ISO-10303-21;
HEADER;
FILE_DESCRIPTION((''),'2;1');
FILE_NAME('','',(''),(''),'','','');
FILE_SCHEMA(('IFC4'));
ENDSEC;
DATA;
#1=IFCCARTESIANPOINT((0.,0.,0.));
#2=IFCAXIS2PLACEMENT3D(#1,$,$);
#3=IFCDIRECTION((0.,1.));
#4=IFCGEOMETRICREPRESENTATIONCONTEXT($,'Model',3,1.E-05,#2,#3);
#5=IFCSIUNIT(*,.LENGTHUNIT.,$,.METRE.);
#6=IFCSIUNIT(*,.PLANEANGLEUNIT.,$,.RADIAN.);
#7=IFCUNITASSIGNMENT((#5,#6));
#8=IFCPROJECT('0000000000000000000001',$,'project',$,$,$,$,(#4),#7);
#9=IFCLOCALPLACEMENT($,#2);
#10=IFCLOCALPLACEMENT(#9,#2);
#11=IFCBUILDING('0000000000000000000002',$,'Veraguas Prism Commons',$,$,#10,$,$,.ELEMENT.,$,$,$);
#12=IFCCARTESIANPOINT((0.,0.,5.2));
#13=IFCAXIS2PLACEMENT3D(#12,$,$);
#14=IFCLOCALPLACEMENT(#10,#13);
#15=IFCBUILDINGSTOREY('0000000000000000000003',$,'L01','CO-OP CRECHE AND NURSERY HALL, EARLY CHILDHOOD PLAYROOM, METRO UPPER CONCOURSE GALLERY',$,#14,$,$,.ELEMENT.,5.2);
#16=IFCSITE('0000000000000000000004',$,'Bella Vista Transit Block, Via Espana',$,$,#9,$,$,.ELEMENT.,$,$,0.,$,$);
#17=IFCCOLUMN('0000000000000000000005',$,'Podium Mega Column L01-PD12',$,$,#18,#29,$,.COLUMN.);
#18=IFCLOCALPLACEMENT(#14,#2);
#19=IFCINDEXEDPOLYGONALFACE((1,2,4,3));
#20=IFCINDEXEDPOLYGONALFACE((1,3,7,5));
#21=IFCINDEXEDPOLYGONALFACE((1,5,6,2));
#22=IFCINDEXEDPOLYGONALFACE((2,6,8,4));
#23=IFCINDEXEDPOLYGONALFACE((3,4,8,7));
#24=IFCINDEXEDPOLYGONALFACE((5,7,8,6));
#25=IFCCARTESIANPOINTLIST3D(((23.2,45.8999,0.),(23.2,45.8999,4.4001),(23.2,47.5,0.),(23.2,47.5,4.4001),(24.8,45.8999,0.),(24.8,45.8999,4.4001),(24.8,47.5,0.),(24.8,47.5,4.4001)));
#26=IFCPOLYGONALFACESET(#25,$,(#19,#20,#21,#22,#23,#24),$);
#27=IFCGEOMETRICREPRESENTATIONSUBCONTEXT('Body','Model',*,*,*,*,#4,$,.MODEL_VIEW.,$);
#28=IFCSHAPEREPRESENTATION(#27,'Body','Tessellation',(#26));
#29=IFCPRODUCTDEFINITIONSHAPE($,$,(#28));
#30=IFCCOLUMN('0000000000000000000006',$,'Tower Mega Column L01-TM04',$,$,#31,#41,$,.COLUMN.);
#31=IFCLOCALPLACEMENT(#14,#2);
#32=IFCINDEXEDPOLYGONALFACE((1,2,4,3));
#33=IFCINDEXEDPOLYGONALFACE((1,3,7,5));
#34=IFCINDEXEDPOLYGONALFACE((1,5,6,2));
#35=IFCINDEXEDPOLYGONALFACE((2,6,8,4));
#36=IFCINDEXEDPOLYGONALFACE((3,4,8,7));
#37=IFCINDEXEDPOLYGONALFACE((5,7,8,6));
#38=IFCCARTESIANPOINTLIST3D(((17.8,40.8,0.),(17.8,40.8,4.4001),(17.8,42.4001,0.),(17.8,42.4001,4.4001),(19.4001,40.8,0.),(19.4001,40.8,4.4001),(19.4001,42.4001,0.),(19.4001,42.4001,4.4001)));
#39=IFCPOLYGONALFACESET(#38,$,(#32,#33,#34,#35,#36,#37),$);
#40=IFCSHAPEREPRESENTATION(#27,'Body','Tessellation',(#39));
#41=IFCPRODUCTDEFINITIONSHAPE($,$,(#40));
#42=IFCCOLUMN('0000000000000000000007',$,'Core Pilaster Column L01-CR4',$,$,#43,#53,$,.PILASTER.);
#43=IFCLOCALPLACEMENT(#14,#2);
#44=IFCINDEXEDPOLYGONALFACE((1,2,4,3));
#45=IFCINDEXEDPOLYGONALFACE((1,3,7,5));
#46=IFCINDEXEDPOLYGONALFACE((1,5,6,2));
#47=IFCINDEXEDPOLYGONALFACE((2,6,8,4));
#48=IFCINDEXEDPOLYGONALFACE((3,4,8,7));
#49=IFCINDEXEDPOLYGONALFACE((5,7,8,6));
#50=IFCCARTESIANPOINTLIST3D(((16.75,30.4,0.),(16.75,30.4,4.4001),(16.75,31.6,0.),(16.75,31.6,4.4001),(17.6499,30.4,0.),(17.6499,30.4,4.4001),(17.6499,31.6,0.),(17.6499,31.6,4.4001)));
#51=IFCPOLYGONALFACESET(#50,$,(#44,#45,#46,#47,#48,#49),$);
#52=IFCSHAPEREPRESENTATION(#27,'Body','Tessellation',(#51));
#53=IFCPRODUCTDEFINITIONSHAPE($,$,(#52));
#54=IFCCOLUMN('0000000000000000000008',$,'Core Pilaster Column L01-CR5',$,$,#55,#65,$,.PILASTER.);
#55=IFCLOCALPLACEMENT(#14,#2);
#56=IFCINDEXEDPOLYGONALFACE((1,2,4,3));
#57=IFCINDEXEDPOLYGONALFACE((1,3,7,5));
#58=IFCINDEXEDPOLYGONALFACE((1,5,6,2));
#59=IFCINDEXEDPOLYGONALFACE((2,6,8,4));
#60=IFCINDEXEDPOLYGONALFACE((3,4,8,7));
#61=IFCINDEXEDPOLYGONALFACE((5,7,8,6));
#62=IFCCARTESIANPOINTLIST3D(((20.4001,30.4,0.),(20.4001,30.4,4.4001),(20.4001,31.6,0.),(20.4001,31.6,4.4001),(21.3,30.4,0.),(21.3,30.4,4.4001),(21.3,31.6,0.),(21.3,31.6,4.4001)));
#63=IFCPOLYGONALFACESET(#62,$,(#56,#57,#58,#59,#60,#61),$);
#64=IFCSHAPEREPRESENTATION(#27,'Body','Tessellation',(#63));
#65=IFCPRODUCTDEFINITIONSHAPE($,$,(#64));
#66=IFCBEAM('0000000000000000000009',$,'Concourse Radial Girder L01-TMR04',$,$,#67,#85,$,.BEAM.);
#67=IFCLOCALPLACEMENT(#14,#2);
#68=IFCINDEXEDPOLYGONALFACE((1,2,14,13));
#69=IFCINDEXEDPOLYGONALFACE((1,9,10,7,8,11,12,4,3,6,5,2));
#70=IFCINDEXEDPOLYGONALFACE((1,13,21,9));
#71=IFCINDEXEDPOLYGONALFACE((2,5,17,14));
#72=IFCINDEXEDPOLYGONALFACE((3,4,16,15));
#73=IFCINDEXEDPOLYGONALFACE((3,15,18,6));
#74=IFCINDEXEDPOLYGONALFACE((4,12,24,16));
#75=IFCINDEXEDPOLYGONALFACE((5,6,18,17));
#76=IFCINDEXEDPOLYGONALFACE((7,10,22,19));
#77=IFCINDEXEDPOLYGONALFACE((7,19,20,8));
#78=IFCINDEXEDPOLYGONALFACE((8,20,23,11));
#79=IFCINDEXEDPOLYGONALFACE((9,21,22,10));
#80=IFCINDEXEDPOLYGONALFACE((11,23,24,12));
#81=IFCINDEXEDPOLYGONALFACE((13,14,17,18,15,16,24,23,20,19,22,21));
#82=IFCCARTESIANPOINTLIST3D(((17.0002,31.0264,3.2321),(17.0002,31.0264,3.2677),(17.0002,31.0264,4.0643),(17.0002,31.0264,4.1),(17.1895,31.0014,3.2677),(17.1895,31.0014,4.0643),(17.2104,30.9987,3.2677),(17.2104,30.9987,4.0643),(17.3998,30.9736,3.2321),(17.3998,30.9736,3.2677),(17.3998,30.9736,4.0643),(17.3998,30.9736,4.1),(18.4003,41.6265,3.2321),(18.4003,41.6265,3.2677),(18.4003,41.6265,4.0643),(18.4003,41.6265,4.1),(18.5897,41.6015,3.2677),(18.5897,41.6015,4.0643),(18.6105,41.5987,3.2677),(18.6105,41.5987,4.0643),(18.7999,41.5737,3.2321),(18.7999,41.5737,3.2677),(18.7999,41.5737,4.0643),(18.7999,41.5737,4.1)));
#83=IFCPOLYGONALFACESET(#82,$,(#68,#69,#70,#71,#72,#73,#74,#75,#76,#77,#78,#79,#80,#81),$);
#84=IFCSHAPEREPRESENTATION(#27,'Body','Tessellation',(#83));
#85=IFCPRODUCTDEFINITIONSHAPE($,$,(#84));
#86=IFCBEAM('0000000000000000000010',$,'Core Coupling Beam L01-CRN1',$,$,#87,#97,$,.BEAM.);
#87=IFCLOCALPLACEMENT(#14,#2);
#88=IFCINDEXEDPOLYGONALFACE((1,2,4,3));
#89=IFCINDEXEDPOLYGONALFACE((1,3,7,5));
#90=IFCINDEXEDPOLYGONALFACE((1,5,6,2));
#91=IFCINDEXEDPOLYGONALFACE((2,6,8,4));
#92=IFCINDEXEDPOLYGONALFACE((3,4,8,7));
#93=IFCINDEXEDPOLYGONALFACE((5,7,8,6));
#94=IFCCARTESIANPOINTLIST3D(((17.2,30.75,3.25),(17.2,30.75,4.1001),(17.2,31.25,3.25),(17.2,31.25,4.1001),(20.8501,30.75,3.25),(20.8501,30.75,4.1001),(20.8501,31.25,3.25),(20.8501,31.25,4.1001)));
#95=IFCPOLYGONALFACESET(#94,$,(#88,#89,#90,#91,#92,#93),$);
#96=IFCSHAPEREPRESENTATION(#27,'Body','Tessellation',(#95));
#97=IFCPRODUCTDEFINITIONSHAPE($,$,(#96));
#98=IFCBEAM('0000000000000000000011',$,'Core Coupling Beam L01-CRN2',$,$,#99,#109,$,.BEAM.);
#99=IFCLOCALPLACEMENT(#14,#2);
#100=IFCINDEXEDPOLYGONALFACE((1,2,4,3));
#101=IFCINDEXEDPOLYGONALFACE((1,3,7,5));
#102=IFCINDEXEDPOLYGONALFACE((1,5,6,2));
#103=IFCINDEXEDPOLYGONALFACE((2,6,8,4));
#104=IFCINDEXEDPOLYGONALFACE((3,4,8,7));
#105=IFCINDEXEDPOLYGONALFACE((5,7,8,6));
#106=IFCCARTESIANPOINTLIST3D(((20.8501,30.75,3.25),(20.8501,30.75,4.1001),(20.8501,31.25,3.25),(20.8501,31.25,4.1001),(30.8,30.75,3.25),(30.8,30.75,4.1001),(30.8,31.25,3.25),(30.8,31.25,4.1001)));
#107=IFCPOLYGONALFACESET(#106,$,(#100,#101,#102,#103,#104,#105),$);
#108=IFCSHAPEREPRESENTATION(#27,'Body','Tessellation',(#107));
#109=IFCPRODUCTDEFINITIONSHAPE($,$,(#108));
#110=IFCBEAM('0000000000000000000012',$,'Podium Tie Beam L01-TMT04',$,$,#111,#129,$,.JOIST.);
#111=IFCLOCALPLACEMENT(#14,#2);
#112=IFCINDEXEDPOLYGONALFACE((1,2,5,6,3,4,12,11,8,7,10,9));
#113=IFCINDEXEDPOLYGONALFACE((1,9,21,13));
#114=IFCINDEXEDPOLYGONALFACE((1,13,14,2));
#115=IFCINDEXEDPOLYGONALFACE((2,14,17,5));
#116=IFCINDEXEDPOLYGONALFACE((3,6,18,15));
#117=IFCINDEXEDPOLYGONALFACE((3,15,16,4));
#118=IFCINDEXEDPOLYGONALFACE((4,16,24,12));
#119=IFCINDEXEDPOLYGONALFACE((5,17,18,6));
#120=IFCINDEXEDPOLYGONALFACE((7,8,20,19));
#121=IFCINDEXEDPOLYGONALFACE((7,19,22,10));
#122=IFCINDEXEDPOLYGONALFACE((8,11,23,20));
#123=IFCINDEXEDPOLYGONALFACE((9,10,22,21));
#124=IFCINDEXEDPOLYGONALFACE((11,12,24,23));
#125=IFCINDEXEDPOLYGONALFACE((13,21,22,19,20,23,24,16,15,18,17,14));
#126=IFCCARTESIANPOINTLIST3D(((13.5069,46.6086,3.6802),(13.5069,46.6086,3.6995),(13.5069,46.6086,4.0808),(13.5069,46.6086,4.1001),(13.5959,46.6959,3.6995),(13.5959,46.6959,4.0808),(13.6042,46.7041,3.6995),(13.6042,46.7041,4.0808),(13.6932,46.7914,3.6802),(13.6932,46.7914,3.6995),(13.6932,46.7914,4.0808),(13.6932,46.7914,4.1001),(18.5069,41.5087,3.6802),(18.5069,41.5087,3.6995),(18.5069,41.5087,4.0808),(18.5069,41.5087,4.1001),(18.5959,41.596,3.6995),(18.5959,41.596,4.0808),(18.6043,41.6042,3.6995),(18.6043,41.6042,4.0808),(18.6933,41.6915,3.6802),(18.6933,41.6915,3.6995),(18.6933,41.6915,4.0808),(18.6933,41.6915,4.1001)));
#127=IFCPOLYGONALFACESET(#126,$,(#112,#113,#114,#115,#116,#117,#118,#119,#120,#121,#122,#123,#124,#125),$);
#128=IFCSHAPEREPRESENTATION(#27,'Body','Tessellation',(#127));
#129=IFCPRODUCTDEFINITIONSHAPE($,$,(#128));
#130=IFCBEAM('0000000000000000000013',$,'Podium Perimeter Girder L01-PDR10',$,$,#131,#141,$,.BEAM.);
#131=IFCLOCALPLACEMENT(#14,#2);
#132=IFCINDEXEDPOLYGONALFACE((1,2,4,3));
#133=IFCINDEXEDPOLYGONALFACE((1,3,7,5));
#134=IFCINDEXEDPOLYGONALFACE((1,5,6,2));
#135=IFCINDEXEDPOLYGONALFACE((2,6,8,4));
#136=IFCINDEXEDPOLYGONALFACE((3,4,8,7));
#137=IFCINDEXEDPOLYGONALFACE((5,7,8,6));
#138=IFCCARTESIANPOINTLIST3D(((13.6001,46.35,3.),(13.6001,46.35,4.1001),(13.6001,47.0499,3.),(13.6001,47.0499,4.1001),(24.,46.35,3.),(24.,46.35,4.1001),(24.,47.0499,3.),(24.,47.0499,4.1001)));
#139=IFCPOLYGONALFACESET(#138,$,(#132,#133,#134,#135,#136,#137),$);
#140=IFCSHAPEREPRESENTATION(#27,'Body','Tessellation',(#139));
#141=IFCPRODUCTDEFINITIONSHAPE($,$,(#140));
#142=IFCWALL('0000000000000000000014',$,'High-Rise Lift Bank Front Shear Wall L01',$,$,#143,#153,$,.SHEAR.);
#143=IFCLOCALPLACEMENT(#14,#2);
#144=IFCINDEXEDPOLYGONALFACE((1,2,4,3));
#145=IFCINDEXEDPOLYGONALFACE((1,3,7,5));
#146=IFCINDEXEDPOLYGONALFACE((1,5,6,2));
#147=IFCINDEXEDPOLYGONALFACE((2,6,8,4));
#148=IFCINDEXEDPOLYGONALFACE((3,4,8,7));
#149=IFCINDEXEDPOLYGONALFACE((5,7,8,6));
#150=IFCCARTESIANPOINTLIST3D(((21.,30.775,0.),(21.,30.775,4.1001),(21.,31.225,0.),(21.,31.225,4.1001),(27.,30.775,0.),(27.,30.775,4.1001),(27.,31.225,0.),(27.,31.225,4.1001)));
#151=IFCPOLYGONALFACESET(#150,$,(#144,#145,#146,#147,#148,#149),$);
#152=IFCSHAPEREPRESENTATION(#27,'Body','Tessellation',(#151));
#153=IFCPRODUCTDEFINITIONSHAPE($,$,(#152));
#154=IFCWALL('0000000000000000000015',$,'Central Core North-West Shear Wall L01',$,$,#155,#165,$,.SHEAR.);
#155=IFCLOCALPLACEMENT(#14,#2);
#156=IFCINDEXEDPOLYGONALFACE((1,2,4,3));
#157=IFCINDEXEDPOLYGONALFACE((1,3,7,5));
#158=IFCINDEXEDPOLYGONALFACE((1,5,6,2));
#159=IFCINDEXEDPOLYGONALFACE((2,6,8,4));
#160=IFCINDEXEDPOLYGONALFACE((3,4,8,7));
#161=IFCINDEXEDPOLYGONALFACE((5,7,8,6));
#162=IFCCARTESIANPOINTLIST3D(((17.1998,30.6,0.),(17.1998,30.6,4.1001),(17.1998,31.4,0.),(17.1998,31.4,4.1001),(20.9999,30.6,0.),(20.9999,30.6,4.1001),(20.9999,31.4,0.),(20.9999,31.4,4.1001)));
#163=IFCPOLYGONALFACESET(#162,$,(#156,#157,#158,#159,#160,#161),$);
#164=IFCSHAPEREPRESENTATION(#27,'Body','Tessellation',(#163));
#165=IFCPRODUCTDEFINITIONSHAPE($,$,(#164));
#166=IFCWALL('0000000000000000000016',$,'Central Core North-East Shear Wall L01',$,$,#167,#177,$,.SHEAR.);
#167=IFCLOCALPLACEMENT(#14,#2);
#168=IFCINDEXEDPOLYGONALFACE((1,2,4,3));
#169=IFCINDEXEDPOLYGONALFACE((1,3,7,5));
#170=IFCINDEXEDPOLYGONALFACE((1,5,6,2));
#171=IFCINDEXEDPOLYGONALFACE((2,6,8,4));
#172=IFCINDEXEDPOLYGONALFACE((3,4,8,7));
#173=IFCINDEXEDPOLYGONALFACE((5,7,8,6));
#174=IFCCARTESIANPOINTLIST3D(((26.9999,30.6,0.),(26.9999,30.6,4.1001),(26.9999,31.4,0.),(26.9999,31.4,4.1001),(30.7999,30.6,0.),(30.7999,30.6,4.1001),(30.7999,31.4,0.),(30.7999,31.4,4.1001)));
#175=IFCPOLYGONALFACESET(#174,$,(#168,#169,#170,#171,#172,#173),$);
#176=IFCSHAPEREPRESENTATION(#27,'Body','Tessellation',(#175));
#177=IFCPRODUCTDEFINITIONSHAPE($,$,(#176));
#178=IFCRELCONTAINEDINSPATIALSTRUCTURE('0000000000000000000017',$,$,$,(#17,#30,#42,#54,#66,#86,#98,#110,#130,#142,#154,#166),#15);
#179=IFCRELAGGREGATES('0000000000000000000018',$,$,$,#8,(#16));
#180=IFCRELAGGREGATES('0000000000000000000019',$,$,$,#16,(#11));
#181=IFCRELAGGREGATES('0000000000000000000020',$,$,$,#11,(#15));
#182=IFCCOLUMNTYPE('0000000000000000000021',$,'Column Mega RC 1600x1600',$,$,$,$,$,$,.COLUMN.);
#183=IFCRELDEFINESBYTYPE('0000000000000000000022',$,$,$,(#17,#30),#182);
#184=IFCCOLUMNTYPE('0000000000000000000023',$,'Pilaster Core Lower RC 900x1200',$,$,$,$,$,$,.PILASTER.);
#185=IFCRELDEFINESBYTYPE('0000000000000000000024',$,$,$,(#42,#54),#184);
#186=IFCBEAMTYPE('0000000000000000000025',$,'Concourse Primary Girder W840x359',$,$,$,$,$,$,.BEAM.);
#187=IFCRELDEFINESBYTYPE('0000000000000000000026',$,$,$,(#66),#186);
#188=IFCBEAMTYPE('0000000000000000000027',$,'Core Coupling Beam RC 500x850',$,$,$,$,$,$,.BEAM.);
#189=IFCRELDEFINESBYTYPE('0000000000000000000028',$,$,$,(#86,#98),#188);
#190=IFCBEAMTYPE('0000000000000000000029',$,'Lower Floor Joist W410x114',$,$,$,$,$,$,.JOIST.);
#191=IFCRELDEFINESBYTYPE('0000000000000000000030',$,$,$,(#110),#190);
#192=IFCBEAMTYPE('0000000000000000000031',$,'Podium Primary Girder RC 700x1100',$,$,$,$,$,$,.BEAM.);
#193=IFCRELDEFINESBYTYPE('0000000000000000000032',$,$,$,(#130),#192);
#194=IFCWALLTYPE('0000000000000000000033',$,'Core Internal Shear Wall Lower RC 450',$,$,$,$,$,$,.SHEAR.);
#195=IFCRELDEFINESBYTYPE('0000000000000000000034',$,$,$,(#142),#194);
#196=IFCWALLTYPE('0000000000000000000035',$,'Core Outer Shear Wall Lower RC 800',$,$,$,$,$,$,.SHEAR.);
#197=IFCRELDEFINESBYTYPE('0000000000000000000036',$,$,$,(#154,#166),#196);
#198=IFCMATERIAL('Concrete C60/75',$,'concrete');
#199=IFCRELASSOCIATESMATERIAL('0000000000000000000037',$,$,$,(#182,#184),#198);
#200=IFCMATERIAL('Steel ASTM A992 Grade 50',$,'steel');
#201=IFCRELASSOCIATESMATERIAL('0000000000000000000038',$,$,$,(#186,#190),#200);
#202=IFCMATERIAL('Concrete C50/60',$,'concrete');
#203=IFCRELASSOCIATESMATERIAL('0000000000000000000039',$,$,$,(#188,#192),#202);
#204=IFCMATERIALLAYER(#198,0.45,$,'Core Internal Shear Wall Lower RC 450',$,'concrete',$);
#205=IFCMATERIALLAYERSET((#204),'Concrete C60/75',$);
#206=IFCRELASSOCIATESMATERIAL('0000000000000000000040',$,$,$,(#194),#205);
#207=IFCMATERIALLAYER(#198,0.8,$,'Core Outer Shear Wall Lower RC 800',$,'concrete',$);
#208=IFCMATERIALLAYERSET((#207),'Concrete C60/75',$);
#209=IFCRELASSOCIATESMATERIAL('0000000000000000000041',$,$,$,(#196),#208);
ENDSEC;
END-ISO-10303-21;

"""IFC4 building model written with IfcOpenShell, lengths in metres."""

from ifc_helpers import new_model, si_unit, direction, frame, frame_2d, origin, origin_2d, place, context, subcontext, project, spatial, rectangle, i_section, extrude, material, layer, layer_set, material_profile, profile_set, type_object, element, save


model = new_model("IFC4")

# Units and contexts
model_context = context("Model", 3, precision=1e-05, world=origin(), true_north=direction((0.0, 1.0)))
body_context = subcontext(model_context, "Body", "Model", "MODEL_VIEW")
ifc_project = project(units=[si_unit("LENGTHUNIT", "METRE"), si_unit("PLANEANGLEUNIT", "RADIAN")], contexts=[model_context])

# Site, building, storey
site_placement = place(None, origin())
site = spatial("IfcSite", under=ifc_project, at=site_placement, Name="Bella Vista Transit Block, Via Espana", CompositionType="ELEMENT", RefElevation=0.0)
building_placement = place(site_placement, origin())
building = spatial("IfcBuilding", under=site, at=building_placement, Name="Veraguas Prism Commons", CompositionType="ELEMENT")
storey_placement = place(building_placement, frame((0.0, 0.0, 5.2)))
storey = spatial("IfcBuildingStorey", under=building, at=storey_placement, Name="L01", Description="CO-OP CRECHE AND NURSERY HALL, EARLY CHILDHOOD PLAYROOM, METRO UPPER CONCOURSE GALLERY", CompositionType="ELEMENT", Elevation=5.2)

# Columns
ifc_material_1 = material(Name="Concrete C60/75", Category="concrete")
ifc_material_profile_1 = material_profile(ifc_material_1, rectangle(XDim=1.6001, YDim=1.6001, at=origin_2d()), Name="RC1600X1600")
ifc_profile_set_1 = profile_set([ifc_material_profile_1], Name="Concrete C60/75")
column_type_1 = type_object("IfcColumnType", Name="Column Mega RC 1600x1600", PredefinedType="COLUMN", material=ifc_profile_set_1)
for number, where, z_axis, x_axis, name in (
    (1, (24.0, 46.7, 0.0), (0.0, 0.0, 1.0), (1.0, 0.0, 0.0), "Podium Mega Column L01-PD12"),
    (2, (18.6001, 41.6001, 0.0), (0.0, 0.0, 1.0), (1.0, 0.0, 0.0), "Tower Mega Column L01-TM04"),
):
    element("IfcColumn", number, at=place(storey_placement, frame(where, z_axis=z_axis, x_axis=x_axis)), inside=storey, type_object=column_type_1, Name=name, PredefinedType="COLUMN", context=body_context, shape_type="SweptSolid", body=[
        extrude(rectangle(XDim=1.6001, YDim=1.6001, at=origin_2d()), origin(), (0.0, 0.0, 1.0), 4.4001),
    ])
ifc_material_profile_2 = material_profile(ifc_material_1, rectangle(XDim=0.8999, YDim=1.2, at=origin_2d()), Name="RC900X1200")
ifc_profile_set_2 = profile_set([ifc_material_profile_2], Name="Concrete C60/75")
column_type_2 = type_object("IfcColumnType", Name="Pilaster Core Lower RC 900x1200", PredefinedType="PILASTER", material=ifc_profile_set_2)
for number, where, z_axis, x_axis, name in (
    (3, (17.2, 31.0, 0.0), (0.0, 0.0, 1.0), (1.0, 0.0, 0.0), "Core Pilaster Column L01-CR4"),
    (4, (20.8501, 31.0, 0.0), (0.0, 0.0, 1.0), (1.0, 0.0, 0.0), "Core Pilaster Column L01-CR5"),
):
    element("IfcColumn", number, at=place(storey_placement, frame(where, z_axis=z_axis, x_axis=x_axis)), inside=storey, type_object=column_type_2, Name=name, PredefinedType="PILASTER", context=body_context, shape_type="SweptSolid", body=[
        extrude(rectangle(XDim=0.8999, YDim=1.2, at=origin_2d()), origin(), (0.0, 0.0, 1.0), 4.4001),
    ])

# Beams
ifc_material_2 = material(Name="Steel ASTM A992 Grade 50", Category="steel")
ifc_material_profile_3 = material_profile(ifc_material_2, i_section(OverallWidth=0.4031, OverallDepth=0.8679, WebThickness=0.021, FlangeThickness=0.0356, at=origin_2d()), Name="W840X359")
ifc_profile_set_3 = profile_set([ifc_material_profile_3], Name="Steel ASTM A992 Grade 50")
beam_type_1 = type_object("IfcBeamType", Name="Concourse Primary Girder W840x359", PredefinedType="BEAM", material=ifc_profile_set_3)
beam_1_placement = place(storey_placement, frame((18.6001, 41.6001, 3.666), z_axis=(-0.130951, -0.991389, 0.0), x_axis=(0.991389, -0.130951, 0.0)))
element("IfcBeam", 5, at=beam_1_placement, inside=storey, type_object=beam_type_1, Name="Concourse Radial Girder L01-TMR04", PredefinedType="BEAM", context=body_context, shape_type="SweptSolid", body=[
    extrude(i_section(OverallWidth=0.4031, OverallDepth=0.8679, WebThickness=0.021, FlangeThickness=0.0356, at=origin_2d()), origin(), (0.0, 0.0, 1.0), 10.6921),
])
ifc_material_3 = material(Name="Concrete C50/60", Category="concrete")
ifc_material_profile_4 = material_profile(ifc_material_3, rectangle(XDim=0.5, YDim=0.8501, at=origin_2d()), Name="RC500X850")
ifc_profile_set_4 = profile_set([ifc_material_profile_4], Name="Concrete C50/60")
beam_type_2 = type_object("IfcBeamType", Name="Core Coupling Beam RC 500x850", PredefinedType="BEAM", material=ifc_profile_set_4)
beam_2_placement = place(storey_placement, frame((17.2, 31.0, 3.675), z_axis=(1.0, 0.0, 0.0), x_axis=(0.0, 1.0, 0.0)))
element("IfcBeam", 6, at=beam_2_placement, inside=storey, type_object=beam_type_2, Name="Core Coupling Beam L01-CRN1", PredefinedType="BEAM", context=body_context, shape_type="SweptSolid", body=[
    extrude(rectangle(XDim=0.5, YDim=0.8501, at=origin_2d()), origin(), (0.0, 0.0, 1.0), 3.6501),
])
beam_3_placement = place(storey_placement, frame((20.8501, 31.0, 3.675), z_axis=(1.0, 0.0, 0.0), x_axis=(0.0, 1.0, 0.0)))
element("IfcBeam", 7, at=beam_3_placement, inside=storey, type_object=beam_type_2, Name="Core Coupling Beam L01-CRN2", PredefinedType="BEAM", context=body_context, shape_type="SweptSolid", body=[
    extrude(rectangle(XDim=0.5, YDim=0.8501, at=origin_2d()), origin(), (0.0, 0.0, 1.0), 9.95),
])
ifc_material_profile_5 = material_profile(ifc_material_2, i_section(OverallWidth=0.261, OverallDepth=0.4199, WebThickness=0.0117, FlangeThickness=0.0193, at=origin_2d()), Name="W410X114")
ifc_profile_set_5 = profile_set([ifc_material_profile_5], Name="Steel ASTM A992 Grade 50")
beam_type_3 = type_object("IfcBeamType", Name="Lower Floor Joist W410x114", PredefinedType="JOIST", material=ifc_profile_set_5)
beam_4_placement = place(storey_placement, frame((18.6001, 41.6001, 3.8901), z_axis=(-0.700082, 0.714063, 0.0), x_axis=(-0.714063, -0.700082, 0.0)))
element("IfcBeam", 8, at=beam_4_placement, inside=storey, type_object=beam_type_3, Name="Podium Tie Beam L01-TMT04", PredefinedType="JOIST", context=body_context, shape_type="SweptSolid", body=[
    extrude(i_section(OverallWidth=0.261, OverallDepth=0.4199, WebThickness=0.0117, FlangeThickness=0.0193, at=origin_2d()), origin(), (0.0, 0.0, 1.0), 7.1421),
])
ifc_material_profile_6 = material_profile(ifc_material_3, rectangle(XDim=0.7, YDim=1.1001, at=origin_2d()), Name="RC700X1100")
ifc_profile_set_6 = profile_set([ifc_material_profile_6], Name="Concrete C50/60")
beam_type_4 = type_object("IfcBeamType", Name="Podium Primary Girder RC 700x1100", PredefinedType="BEAM", material=ifc_profile_set_6)
beam_5_placement = place(storey_placement, frame((24.0, 46.7, 3.55), z_axis=(-1.0, 0.0, 0.0), x_axis=(0.0, -1.0, 0.0)))
element("IfcBeam", 9, at=beam_5_placement, inside=storey, type_object=beam_type_4, Name="Podium Perimeter Girder L01-PDR10", PredefinedType="BEAM", context=body_context, shape_type="SweptSolid", body=[
    extrude(rectangle(XDim=0.7, YDim=1.1001, at=origin_2d()), origin(), (0.0, 0.0, 1.0), 10.3999),
])

# Walls
ifc_layer_1 = layer(ifc_material_1, 0.45, Name="Core Internal Shear Wall Lower RC 450", Category="concrete")
ifc_layer_set_1 = layer_set([ifc_layer_1], Name="Concrete C60/75")
wall_type_1 = type_object("IfcWallType", Name="Core Internal Shear Wall Lower RC 450", PredefinedType="SHEAR", material=ifc_layer_set_1)
wall_1_placement = place(storey_placement, frame((21.0, 31.0, 0.0), z_axis=(0.0, 0.0, 1.0), x_axis=(1.0, 0.0, 0.0)))
element("IfcWall", 10, at=wall_1_placement, inside=storey, type_object=wall_type_1, Name="High-Rise Lift Bank Front Shear Wall L01", PredefinedType="SHEAR", context=body_context, shape_type="SweptSolid", body=[
    extrude(rectangle(XDim=6.0, YDim=0.45, at=frame_2d((3.0, 0.0))), origin(), (0.0, 0.0, 1.0), 4.1001),
])
ifc_layer_2 = layer(ifc_material_1, 0.8, Name="Core Outer Shear Wall Lower RC 800", Category="concrete")
ifc_layer_set_2 = layer_set([ifc_layer_2], Name="Concrete C60/75")
wall_type_2 = type_object("IfcWallType", Name="Core Outer Shear Wall Lower RC 800", PredefinedType="SHEAR", material=ifc_layer_set_2)
for number, where, z_axis, x_axis, name in (
    (11, (17.2, 31.0, 0.0), (0.0, 0.0, 1.0), (1.0, 0.0, 0.0), "Central Core North-West Shear Wall L01"),
    (12, (27.0, 31.0, 0.0), (0.0, 0.0, 1.0), (1.0, 0.0, 0.0), "Central Core North-East Shear Wall L01"),
):
    element("IfcWall", number, at=place(storey_placement, frame(where, z_axis=z_axis, x_axis=x_axis)), inside=storey, type_object=wall_type_2, Name=name, PredefinedType="SHEAR", context=body_context, shape_type="SweptSolid", body=[
        extrude(rectangle(XDim=3.8, YDim=0.8, at=frame_2d((1.8999, 0.0))), origin(), (0.0, 0.0, 1.0), 4.1001),
    ])

save(model, "model.ifc")
